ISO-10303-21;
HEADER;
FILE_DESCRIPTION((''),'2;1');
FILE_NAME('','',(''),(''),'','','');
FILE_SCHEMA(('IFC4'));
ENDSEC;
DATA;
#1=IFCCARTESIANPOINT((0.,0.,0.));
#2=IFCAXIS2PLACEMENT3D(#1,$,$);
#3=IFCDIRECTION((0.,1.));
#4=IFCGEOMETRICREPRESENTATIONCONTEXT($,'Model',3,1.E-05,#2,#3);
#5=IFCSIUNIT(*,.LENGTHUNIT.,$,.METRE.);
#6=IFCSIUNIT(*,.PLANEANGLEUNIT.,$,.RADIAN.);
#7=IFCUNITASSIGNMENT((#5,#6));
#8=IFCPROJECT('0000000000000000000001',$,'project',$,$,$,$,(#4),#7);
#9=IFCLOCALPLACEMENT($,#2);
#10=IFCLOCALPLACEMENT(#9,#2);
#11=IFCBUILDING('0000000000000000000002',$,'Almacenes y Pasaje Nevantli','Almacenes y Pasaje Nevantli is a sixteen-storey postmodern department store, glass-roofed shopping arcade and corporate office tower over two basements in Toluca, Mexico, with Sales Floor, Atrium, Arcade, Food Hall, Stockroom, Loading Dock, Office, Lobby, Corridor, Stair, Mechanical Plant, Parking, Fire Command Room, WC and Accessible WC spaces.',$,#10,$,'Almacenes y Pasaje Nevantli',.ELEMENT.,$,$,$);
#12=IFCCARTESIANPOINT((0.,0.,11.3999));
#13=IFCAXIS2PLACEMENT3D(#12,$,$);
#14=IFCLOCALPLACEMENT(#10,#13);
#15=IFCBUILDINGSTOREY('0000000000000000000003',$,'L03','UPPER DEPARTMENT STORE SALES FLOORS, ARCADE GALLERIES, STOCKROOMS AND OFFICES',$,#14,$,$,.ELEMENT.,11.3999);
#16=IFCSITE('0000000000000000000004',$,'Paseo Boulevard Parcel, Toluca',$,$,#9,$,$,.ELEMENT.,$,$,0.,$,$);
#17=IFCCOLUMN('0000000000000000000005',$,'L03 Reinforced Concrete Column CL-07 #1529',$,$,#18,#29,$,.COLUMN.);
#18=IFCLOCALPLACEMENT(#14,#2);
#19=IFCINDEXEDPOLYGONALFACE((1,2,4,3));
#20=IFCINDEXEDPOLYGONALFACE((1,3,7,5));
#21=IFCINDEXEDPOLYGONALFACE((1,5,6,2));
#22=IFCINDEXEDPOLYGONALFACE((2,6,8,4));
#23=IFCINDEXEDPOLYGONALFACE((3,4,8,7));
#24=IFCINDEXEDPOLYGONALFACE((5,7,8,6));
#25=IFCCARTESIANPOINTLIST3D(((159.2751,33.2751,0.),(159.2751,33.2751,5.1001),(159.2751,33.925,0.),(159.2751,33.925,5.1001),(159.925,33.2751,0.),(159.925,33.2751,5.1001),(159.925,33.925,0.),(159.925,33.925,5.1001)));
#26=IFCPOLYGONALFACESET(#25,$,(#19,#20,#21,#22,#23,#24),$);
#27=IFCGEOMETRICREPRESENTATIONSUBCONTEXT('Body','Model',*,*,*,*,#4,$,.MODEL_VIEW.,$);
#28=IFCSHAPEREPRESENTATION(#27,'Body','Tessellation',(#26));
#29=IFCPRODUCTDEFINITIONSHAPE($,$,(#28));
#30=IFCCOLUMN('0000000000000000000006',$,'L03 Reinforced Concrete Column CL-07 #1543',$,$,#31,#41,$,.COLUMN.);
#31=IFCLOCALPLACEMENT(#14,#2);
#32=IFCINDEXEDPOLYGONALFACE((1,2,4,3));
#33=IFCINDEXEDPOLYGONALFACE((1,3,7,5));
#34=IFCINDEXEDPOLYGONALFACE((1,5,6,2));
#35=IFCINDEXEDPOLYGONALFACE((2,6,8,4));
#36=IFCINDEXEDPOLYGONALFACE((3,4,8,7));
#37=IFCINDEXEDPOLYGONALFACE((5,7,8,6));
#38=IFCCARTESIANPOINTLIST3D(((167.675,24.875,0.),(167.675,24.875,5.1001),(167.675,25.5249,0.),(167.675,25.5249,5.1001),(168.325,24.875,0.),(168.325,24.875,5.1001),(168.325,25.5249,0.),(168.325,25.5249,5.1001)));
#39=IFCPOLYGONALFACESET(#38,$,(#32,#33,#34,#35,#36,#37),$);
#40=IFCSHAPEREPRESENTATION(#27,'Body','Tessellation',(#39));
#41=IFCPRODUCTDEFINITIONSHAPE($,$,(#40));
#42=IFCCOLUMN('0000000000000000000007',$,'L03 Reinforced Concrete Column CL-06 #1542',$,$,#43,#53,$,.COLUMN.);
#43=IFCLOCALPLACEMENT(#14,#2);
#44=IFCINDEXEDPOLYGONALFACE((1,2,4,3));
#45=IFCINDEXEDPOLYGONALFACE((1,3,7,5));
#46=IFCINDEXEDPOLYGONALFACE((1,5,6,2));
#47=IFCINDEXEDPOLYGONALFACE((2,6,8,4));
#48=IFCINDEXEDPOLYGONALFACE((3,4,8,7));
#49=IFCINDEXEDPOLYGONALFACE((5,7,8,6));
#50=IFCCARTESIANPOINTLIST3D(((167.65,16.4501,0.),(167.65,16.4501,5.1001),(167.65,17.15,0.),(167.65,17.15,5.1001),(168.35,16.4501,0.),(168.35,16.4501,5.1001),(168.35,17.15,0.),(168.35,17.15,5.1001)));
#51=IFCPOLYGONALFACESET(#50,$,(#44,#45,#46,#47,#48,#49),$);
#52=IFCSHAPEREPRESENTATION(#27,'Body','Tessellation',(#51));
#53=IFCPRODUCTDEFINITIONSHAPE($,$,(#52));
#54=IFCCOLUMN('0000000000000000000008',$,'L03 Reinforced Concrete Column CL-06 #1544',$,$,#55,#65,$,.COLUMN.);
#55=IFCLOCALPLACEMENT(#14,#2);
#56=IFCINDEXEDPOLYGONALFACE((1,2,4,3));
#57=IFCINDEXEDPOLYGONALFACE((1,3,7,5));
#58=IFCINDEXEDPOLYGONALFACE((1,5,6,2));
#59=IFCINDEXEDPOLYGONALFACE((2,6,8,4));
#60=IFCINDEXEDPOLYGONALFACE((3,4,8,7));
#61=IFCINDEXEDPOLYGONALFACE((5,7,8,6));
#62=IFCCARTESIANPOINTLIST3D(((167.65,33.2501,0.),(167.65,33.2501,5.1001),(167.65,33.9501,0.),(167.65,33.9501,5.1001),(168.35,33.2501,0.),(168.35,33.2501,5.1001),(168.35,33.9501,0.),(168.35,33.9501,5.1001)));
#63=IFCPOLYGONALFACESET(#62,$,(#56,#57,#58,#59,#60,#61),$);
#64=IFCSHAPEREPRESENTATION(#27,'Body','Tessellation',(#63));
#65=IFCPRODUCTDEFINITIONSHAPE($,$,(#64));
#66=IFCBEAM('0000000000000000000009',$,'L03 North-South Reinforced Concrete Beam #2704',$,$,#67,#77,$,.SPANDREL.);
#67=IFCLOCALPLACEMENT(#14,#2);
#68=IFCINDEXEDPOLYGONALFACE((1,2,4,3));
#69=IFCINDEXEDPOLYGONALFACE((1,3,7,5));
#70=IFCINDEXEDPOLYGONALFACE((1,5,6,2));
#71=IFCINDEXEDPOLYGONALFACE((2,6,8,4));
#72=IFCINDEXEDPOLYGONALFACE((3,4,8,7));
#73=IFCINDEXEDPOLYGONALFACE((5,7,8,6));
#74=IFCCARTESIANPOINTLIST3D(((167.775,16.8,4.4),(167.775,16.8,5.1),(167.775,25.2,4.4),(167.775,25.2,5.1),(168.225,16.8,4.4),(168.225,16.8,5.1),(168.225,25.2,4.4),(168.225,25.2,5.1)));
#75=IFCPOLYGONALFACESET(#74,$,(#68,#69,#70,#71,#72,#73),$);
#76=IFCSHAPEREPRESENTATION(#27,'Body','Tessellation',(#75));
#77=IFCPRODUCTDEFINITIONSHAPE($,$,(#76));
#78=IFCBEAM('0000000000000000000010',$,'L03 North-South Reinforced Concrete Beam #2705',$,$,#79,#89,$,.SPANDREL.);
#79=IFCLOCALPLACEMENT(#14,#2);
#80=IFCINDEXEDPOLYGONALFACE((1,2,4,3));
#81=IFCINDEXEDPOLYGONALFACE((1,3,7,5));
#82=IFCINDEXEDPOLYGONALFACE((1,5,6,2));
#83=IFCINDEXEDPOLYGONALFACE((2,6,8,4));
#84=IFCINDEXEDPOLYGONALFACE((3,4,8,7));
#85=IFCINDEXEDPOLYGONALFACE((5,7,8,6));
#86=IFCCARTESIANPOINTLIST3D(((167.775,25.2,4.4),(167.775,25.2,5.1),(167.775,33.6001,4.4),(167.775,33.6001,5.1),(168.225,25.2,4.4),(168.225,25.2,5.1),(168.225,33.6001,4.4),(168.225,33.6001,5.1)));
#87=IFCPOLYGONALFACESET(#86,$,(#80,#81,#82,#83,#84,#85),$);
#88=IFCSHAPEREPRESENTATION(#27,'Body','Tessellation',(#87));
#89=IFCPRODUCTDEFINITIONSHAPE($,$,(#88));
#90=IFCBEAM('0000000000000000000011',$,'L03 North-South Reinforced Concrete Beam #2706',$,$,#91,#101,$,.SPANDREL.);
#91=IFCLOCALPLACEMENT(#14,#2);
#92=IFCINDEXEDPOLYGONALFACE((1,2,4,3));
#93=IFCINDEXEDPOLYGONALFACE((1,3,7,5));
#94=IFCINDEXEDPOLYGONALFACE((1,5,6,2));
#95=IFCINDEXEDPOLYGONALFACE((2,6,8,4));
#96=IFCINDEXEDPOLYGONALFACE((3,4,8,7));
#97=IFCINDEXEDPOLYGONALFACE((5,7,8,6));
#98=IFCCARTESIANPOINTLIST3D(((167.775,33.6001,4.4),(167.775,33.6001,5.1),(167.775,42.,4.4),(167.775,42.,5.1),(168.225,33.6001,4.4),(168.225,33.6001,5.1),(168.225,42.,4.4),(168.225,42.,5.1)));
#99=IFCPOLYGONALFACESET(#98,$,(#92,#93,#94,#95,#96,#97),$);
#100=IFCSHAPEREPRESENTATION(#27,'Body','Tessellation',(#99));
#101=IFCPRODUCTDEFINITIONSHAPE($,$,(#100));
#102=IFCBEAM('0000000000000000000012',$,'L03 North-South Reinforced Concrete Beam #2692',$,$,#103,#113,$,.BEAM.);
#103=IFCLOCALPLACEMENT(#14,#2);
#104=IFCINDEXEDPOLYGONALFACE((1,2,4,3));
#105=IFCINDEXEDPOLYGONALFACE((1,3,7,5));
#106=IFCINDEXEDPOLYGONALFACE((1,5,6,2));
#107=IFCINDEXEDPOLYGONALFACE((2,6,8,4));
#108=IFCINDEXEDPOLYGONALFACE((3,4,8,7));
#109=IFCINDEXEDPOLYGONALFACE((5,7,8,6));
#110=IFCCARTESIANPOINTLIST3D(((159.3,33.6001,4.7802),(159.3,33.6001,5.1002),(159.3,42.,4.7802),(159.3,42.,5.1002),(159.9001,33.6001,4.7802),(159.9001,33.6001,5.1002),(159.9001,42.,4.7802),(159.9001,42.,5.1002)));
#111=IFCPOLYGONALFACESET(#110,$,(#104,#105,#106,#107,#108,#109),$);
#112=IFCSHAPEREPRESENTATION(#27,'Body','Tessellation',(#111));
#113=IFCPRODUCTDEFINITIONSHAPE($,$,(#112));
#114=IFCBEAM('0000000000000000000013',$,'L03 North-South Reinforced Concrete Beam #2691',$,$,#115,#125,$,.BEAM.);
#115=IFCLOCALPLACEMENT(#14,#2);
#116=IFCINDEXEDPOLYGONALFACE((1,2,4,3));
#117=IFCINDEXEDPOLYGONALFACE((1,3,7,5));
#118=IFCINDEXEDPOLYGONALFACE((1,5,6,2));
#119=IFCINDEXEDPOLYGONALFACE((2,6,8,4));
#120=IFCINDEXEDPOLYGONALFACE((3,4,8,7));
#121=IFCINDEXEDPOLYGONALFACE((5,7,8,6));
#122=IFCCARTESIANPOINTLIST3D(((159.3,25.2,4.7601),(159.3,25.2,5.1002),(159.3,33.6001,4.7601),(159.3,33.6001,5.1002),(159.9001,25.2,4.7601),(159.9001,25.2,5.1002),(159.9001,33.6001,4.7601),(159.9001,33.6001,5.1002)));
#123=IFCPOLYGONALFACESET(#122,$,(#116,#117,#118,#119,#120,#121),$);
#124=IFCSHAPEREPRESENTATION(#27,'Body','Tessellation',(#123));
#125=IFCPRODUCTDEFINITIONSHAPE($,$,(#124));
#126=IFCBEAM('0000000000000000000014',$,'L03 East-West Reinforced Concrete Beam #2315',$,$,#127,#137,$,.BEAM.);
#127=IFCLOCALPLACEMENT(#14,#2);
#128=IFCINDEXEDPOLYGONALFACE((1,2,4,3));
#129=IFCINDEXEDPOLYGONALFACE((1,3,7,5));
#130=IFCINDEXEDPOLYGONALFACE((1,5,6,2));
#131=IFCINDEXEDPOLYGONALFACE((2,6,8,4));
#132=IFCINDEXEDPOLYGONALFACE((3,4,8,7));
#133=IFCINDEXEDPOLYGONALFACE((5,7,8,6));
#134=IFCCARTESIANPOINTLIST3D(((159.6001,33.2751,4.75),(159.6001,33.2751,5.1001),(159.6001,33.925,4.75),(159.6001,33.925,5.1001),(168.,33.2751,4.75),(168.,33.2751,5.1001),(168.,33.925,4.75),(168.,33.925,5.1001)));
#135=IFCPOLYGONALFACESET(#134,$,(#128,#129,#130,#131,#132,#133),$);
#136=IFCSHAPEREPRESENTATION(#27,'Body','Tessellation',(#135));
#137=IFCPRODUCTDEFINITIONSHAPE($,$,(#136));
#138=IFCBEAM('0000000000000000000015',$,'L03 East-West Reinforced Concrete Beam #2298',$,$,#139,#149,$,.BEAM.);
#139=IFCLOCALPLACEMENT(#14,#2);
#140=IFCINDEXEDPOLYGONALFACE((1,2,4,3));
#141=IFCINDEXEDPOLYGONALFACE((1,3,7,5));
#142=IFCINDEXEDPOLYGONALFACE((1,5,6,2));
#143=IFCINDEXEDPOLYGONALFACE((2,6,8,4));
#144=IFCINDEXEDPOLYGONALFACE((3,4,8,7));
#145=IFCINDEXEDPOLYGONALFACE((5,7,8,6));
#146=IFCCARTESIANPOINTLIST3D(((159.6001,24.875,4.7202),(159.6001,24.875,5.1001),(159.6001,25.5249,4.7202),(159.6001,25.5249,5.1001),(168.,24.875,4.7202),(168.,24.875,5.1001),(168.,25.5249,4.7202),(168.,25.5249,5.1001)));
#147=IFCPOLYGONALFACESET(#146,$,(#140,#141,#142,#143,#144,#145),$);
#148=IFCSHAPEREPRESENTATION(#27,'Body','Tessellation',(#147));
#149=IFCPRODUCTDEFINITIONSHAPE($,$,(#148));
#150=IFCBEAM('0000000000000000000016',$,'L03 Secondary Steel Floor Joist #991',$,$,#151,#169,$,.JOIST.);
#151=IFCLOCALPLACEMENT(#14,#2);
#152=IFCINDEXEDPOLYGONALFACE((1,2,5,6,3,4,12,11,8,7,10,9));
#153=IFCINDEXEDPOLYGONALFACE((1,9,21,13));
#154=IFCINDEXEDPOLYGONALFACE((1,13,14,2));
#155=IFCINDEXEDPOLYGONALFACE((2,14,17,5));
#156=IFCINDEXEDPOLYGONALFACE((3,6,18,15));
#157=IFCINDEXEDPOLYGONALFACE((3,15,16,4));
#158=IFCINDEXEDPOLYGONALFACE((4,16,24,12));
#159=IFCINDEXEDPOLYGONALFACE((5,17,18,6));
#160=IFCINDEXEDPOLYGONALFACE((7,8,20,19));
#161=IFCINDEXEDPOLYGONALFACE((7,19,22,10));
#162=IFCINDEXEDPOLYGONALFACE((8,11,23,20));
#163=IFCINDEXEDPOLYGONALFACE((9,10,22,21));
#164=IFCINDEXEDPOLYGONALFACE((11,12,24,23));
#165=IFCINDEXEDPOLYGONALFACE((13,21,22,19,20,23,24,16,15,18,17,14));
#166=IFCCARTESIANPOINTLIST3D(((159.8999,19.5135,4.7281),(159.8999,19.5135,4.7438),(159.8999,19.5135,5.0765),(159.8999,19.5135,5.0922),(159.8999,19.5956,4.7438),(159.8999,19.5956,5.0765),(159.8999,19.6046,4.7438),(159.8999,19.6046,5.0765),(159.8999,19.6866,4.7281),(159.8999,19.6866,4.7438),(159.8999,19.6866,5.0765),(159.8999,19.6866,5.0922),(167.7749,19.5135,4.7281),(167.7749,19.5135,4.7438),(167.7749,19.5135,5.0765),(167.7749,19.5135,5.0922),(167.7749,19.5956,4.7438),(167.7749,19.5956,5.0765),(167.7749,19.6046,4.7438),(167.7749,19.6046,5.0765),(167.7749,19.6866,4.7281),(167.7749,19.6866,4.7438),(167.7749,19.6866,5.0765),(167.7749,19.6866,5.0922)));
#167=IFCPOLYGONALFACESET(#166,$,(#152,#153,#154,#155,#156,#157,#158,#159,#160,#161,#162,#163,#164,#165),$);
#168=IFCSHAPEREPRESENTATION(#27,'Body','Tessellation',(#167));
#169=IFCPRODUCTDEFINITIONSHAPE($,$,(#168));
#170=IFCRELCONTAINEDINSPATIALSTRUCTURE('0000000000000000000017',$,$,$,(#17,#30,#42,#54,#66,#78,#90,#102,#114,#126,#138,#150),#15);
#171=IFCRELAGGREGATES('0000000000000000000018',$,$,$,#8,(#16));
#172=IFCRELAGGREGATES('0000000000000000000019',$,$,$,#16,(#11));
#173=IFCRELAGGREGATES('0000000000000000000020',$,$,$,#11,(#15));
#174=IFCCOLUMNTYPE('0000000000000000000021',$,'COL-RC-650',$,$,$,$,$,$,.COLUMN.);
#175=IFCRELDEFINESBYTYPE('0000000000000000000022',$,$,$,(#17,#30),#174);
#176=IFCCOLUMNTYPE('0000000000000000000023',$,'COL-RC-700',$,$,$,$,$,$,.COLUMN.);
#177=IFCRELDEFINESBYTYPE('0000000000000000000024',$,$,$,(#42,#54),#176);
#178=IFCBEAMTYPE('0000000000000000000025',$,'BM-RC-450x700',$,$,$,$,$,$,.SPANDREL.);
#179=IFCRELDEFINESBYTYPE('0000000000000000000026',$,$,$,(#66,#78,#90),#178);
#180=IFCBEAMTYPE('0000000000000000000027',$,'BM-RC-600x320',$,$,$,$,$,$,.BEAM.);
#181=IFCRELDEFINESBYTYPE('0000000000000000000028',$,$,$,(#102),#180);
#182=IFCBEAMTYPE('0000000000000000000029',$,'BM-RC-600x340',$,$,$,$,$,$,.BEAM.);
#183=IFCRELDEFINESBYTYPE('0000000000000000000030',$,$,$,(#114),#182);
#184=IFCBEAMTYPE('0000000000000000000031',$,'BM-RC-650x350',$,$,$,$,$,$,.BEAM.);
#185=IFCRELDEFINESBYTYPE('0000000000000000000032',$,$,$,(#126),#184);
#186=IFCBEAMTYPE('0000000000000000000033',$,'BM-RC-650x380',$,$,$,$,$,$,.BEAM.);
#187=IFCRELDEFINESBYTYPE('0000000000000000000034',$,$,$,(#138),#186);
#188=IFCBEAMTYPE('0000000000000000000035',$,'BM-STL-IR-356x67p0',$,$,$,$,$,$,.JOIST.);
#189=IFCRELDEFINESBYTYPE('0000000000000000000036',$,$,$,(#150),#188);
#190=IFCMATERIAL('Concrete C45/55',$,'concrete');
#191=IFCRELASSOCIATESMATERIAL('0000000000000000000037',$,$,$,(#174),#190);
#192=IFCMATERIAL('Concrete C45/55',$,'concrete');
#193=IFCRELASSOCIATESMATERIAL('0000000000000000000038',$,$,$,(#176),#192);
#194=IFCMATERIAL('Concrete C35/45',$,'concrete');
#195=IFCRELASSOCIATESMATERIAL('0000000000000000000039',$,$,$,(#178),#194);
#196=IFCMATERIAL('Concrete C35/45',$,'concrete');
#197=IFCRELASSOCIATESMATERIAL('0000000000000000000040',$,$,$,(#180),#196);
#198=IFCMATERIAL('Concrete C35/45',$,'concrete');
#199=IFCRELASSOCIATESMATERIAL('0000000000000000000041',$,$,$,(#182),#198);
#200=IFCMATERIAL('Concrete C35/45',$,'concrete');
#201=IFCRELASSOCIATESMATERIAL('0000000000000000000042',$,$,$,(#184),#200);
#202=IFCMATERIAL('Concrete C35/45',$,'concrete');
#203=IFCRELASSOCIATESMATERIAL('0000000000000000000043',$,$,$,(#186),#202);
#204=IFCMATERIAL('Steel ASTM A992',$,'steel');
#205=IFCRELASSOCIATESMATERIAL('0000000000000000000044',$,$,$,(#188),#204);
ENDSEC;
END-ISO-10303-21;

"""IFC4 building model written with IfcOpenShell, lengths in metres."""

from ifc_helpers import new_model, si_unit, direction, frame, origin, origin_2d, place, context, subcontext, project, spatial, rectangle, i_section, extrude, material, material_profile, profile_set, type_object, element, save


model = new_model("IFC4")

# Units and contexts
model_context = context("Model", 3, precision=1e-05, world=origin(), true_north=direction((0.0, 1.0)))
body_context = subcontext(model_context, "Body", "Model", "MODEL_VIEW")
ifc_project = project(units=[si_unit("LENGTHUNIT", "METRE"), si_unit("PLANEANGLEUNIT", "RADIAN")], contexts=[model_context])

# Site, building, storey
site_placement = place(None, origin())
site = spatial("IfcSite", under=ifc_project, at=site_placement, Name="Paseo Boulevard Parcel, Toluca", CompositionType="ELEMENT", RefElevation=0.0)
building_placement = place(site_placement, origin())
building = spatial("IfcBuilding", under=site, at=building_placement, Name="Almacenes y Pasaje Nevantli", Description="Almacenes y Pasaje Nevantli is a sixteen-storey postmodern department store, glass-roofed shopping arcade and corporate office tower over two basements in Toluca, Mexico, with Sales Floor, Atrium, Arcade, Food Hall, Stockroom, Loading Dock, Office, Lobby, Corridor, Stair, Mechanical Plant, Parking, Fire Command Room, WC and Accessible WC spaces.", LongName="Almacenes y Pasaje Nevantli", CompositionType="ELEMENT")
storey_placement = place(building_placement, frame((0.0, 0.0, 11.3999)))
storey = spatial("IfcBuildingStorey", under=building, at=storey_placement, Name="L03", Description="UPPER DEPARTMENT STORE SALES FLOORS, ARCADE GALLERIES, STOCKROOMS AND OFFICES", CompositionType="ELEMENT", Elevation=11.3999)

# Columns
ifc_material_1 = material(Name="Concrete C45/55", Category="concrete")
ifc_material_profile_1 = material_profile(ifc_material_1, rectangle(XDim=0.6499, YDim=0.6499, at=origin_2d()), Name="RC-COL-650x650")
ifc_profile_set_1 = profile_set([ifc_material_profile_1], Name="Concrete C45/55")
column_type_1 = type_object("IfcColumnType", Name="COL-RC-650", PredefinedType="COLUMN", material=ifc_profile_set_1)
for number, where, z_axis, x_axis, name in (
    (1, (159.6001, 33.6001, 0.0), (0.0, 0.0, 1.0), (1.0, 0.0, 0.0), "L03 Reinforced Concrete Column CL-07 #1529"),
    (2, (168.0, 25.2, 0.0), (0.0, 0.0, 1.0), (1.0, 0.0, 0.0), "L03 Reinforced Concrete Column CL-07 #1543"),
):
    element("IfcColumn", number, at=place(storey_placement, frame(where, z_axis=z_axis, x_axis=x_axis)), inside=storey, type_object=column_type_1, Name=name, PredefinedType="COLUMN", context=body_context, shape_type="SweptSolid", body=[
        extrude(rectangle(XDim=0.6499, YDim=0.6499, at=origin_2d()), origin(), (0.0, 0.0, 1.0), 5.1001),
    ])
ifc_material_2 = material(Name="Concrete C45/55", Category="concrete")
ifc_material_profile_2 = material_profile(ifc_material_2, rectangle(XDim=0.7, YDim=0.7, at=origin_2d()), Name="RC-COL-700x700")
ifc_profile_set_2 = profile_set([ifc_material_profile_2], Name="Concrete C45/55")
column_type_2 = type_object("IfcColumnType", Name="COL-RC-700", PredefinedType="COLUMN", material=ifc_profile_set_2)
for number, where, z_axis, x_axis, name in (
    (3, (168.0, 16.8, 0.0), (0.0, 0.0, 1.0), (1.0, 0.0, 0.0), "L03 Reinforced Concrete Column CL-06 #1542"),
    (4, (168.0, 33.6001, 0.0), (0.0, 0.0, 1.0), (1.0, 0.0, 0.0), "L03 Reinforced Concrete Column CL-06 #1544"),
):
    element("IfcColumn", number, at=place(storey_placement, frame(where, z_axis=z_axis, x_axis=x_axis)), inside=storey, type_object=column_type_2, Name=name, PredefinedType="COLUMN", context=body_context, shape_type="SweptSolid", body=[
        extrude(rectangle(XDim=0.7, YDim=0.7, at=origin_2d()), origin(), (0.0, 0.0, 1.0), 5.1001),
    ])

# Beams
ifc_material_3 = material(Name="Concrete C35/45", Category="concrete")
ifc_material_profile_3 = material_profile(ifc_material_3, rectangle(XDim=0.45, YDim=0.7, at=origin_2d()), Name="RC-BM-450x700")
ifc_profile_set_3 = profile_set([ifc_material_profile_3], Name="Concrete C35/45")
beam_type_1 = type_object("IfcBeamType", Name="BM-RC-450x700", PredefinedType="SPANDREL", material=ifc_profile_set_3)
beam_1_placement = place(storey_placement, frame((168.0, 16.8, 4.75), z_axis=(0.0, 1.0, 0.0), x_axis=(-1.0, 0.0, 0.0)))
element("IfcBeam", 5, at=beam_1_placement, inside=storey, type_object=beam_type_1, Name="L03 North-South Reinforced Concrete Beam #2704", PredefinedType="SPANDREL", context=body_context, shape_type="SweptSolid", body=[
    extrude(rectangle(XDim=0.45, YDim=0.7, at=origin_2d()), origin(), (0.0, 0.0, 1.0), 8.3999),
])
beam_2_placement = place(storey_placement, frame((168.0, 25.2, 4.75), z_axis=(0.0, 1.0, 0.0), x_axis=(-1.0, 0.0, 0.0)))
element("IfcBeam", 6, at=beam_2_placement, inside=storey, type_object=beam_type_1, Name="L03 North-South Reinforced Concrete Beam #2705", PredefinedType="SPANDREL", context=body_context, shape_type="SweptSolid", body=[
    extrude(rectangle(XDim=0.45, YDim=0.7, at=origin_2d()), origin(), (0.0, 0.0, 1.0), 8.4001),
])
beam_3_placement = place(storey_placement, frame((168.0, 33.6001, 4.75), z_axis=(0.0, 1.0, 0.0), x_axis=(-1.0, 0.0, 0.0)))
element("IfcBeam", 7, at=beam_3_placement, inside=storey, type_object=beam_type_1, Name="L03 North-South Reinforced Concrete Beam #2706", PredefinedType="SPANDREL", context=body_context, shape_type="SweptSolid", body=[
    extrude(rectangle(XDim=0.45, YDim=0.7, at=origin_2d()), origin(), (0.0, 0.0, 1.0), 8.3999),
])
ifc_material_4 = material(Name="Concrete C35/45", Category="concrete")
ifc_material_profile_4 = material_profile(ifc_material_4, rectangle(XDim=0.6001, YDim=0.3201, at=origin_2d()), Name="RC-BM-600x320")
ifc_profile_set_4 = profile_set([ifc_material_profile_4], Name="Concrete C35/45")
beam_type_2 = type_object("IfcBeamType", Name="BM-RC-600x320", PredefinedType="BEAM", material=ifc_profile_set_4)
beam_4_placement = place(storey_placement, frame((159.6001, 33.6001, 4.9402), z_axis=(0.0, 1.0, 0.0), x_axis=(-1.0, 0.0, 0.0)))
element("IfcBeam", 8, at=beam_4_placement, inside=storey, type_object=beam_type_2, Name="L03 North-South Reinforced Concrete Beam #2692", PredefinedType="BEAM", context=body_context, shape_type="SweptSolid", body=[
    extrude(rectangle(XDim=0.6001, YDim=0.3201, at=origin_2d()), origin(), (0.0, 0.0, 1.0), 8.3999),
])
ifc_material_5 = material(Name="Concrete C35/45", Category="concrete")
ifc_material_profile_5 = material_profile(ifc_material_5, rectangle(XDim=0.6001, YDim=0.3401, at=origin_2d()), Name="RC-BM-600x340")
ifc_profile_set_5 = profile_set([ifc_material_profile_5], Name="Concrete C35/45")
beam_type_3 = type_object("IfcBeamType", Name="BM-RC-600x340", PredefinedType="BEAM", material=ifc_profile_set_5)
beam_5_placement = place(storey_placement, frame((159.6001, 25.2, 4.9302), z_axis=(0.0, 1.0, 0.0), x_axis=(-1.0, 0.0, 0.0)))
element("IfcBeam", 9, at=beam_5_placement, inside=storey, type_object=beam_type_3, Name="L03 North-South Reinforced Concrete Beam #2691", PredefinedType="BEAM", context=body_context, shape_type="SweptSolid", body=[
    extrude(rectangle(XDim=0.6001, YDim=0.3401, at=origin_2d()), origin(), (0.0, 0.0, 1.0), 8.4001),
])
ifc_material_6 = material(Name="Concrete C35/45", Category="concrete")
ifc_material_profile_6 = material_profile(ifc_material_6, rectangle(XDim=0.6499, YDim=0.3501, at=origin_2d()), Name="RC-BM-650x350")
ifc_profile_set_6 = profile_set([ifc_material_profile_6], Name="Concrete C35/45")
beam_type_4 = type_object("IfcBeamType", Name="BM-RC-650x350", PredefinedType="BEAM", material=ifc_profile_set_6)
beam_6_placement = place(storey_placement, frame((159.6001, 33.6001, 4.925), z_axis=(1.0, 0.0, 0.0), x_axis=(0.0, 1.0, 0.0)))
element("IfcBeam", 10, at=beam_6_placement, inside=storey, type_object=beam_type_4, Name="L03 East-West Reinforced Concrete Beam #2315", PredefinedType="BEAM", context=body_context, shape_type="SweptSolid", body=[
    extrude(rectangle(XDim=0.6499, YDim=0.3501, at=origin_2d()), origin(), (0.0, 0.0, 1.0), 8.3999),
])
ifc_material_7 = material(Name="Concrete C35/45", Category="concrete")
ifc_material_profile_7 = material_profile(ifc_material_7, rectangle(XDim=0.6499, YDim=0.3799, at=origin_2d()), Name="RC-BM-650x380")
ifc_profile_set_7 = profile_set([ifc_material_profile_7], Name="Concrete C35/45")
beam_type_5 = type_object("IfcBeamType", Name="BM-RC-650x380", PredefinedType="BEAM", material=ifc_profile_set_7)
beam_7_placement = place(storey_placement, frame((159.6001, 25.2, 4.9102), z_axis=(1.0, 0.0, 0.0), x_axis=(0.0, 1.0, 0.0)))
element("IfcBeam", 11, at=beam_7_placement, inside=storey, type_object=beam_type_5, Name="L03 East-West Reinforced Concrete Beam #2298", PredefinedType="BEAM", context=body_context, shape_type="SweptSolid", body=[
    extrude(rectangle(XDim=0.6499, YDim=0.3799, at=origin_2d()), origin(), (0.0, 0.0, 1.0), 8.3999),
])
ifc_material_8 = material(Name="Steel ASTM A992", Category="steel")
ifc_material_profile_8 = material_profile(ifc_material_8, i_section(OverallWidth=0.1731, OverallDepth=0.364, WebThickness=0.009, FlangeThickness=0.0156, at=origin_2d()), Name="IR 356x67.0")
ifc_profile_set_8 = profile_set([ifc_material_profile_8], Name="Steel ASTM A992")
beam_type_6 = type_object("IfcBeamType", Name="BM-STL-IR-356x67p0", PredefinedType="JOIST", material=ifc_profile_set_8)
for number, where, z_axis, x_axis, name in (
    (12, (159.8999, 19.6001, 4.9102), (1.0, 0.0, 0.0), (0.0, 1.0, 0.0), "L03 Secondary Steel Floor Joist #991"),
):
    element("IfcBeam", number, at=place(storey_placement, frame(where, z_axis=z_axis, x_axis=x_axis)), inside=storey, type_object=beam_type_6, Name=name, PredefinedType="JOIST", context=body_context, shape_type="SweptSolid", body=[
        extrude(i_section(OverallWidth=0.1731, OverallDepth=0.364, WebThickness=0.009, FlangeThickness=0.0156, at=origin_2d()), origin(), (0.0, 0.0, 1.0), 7.875),
    ])

save(model, "model.ifc")
